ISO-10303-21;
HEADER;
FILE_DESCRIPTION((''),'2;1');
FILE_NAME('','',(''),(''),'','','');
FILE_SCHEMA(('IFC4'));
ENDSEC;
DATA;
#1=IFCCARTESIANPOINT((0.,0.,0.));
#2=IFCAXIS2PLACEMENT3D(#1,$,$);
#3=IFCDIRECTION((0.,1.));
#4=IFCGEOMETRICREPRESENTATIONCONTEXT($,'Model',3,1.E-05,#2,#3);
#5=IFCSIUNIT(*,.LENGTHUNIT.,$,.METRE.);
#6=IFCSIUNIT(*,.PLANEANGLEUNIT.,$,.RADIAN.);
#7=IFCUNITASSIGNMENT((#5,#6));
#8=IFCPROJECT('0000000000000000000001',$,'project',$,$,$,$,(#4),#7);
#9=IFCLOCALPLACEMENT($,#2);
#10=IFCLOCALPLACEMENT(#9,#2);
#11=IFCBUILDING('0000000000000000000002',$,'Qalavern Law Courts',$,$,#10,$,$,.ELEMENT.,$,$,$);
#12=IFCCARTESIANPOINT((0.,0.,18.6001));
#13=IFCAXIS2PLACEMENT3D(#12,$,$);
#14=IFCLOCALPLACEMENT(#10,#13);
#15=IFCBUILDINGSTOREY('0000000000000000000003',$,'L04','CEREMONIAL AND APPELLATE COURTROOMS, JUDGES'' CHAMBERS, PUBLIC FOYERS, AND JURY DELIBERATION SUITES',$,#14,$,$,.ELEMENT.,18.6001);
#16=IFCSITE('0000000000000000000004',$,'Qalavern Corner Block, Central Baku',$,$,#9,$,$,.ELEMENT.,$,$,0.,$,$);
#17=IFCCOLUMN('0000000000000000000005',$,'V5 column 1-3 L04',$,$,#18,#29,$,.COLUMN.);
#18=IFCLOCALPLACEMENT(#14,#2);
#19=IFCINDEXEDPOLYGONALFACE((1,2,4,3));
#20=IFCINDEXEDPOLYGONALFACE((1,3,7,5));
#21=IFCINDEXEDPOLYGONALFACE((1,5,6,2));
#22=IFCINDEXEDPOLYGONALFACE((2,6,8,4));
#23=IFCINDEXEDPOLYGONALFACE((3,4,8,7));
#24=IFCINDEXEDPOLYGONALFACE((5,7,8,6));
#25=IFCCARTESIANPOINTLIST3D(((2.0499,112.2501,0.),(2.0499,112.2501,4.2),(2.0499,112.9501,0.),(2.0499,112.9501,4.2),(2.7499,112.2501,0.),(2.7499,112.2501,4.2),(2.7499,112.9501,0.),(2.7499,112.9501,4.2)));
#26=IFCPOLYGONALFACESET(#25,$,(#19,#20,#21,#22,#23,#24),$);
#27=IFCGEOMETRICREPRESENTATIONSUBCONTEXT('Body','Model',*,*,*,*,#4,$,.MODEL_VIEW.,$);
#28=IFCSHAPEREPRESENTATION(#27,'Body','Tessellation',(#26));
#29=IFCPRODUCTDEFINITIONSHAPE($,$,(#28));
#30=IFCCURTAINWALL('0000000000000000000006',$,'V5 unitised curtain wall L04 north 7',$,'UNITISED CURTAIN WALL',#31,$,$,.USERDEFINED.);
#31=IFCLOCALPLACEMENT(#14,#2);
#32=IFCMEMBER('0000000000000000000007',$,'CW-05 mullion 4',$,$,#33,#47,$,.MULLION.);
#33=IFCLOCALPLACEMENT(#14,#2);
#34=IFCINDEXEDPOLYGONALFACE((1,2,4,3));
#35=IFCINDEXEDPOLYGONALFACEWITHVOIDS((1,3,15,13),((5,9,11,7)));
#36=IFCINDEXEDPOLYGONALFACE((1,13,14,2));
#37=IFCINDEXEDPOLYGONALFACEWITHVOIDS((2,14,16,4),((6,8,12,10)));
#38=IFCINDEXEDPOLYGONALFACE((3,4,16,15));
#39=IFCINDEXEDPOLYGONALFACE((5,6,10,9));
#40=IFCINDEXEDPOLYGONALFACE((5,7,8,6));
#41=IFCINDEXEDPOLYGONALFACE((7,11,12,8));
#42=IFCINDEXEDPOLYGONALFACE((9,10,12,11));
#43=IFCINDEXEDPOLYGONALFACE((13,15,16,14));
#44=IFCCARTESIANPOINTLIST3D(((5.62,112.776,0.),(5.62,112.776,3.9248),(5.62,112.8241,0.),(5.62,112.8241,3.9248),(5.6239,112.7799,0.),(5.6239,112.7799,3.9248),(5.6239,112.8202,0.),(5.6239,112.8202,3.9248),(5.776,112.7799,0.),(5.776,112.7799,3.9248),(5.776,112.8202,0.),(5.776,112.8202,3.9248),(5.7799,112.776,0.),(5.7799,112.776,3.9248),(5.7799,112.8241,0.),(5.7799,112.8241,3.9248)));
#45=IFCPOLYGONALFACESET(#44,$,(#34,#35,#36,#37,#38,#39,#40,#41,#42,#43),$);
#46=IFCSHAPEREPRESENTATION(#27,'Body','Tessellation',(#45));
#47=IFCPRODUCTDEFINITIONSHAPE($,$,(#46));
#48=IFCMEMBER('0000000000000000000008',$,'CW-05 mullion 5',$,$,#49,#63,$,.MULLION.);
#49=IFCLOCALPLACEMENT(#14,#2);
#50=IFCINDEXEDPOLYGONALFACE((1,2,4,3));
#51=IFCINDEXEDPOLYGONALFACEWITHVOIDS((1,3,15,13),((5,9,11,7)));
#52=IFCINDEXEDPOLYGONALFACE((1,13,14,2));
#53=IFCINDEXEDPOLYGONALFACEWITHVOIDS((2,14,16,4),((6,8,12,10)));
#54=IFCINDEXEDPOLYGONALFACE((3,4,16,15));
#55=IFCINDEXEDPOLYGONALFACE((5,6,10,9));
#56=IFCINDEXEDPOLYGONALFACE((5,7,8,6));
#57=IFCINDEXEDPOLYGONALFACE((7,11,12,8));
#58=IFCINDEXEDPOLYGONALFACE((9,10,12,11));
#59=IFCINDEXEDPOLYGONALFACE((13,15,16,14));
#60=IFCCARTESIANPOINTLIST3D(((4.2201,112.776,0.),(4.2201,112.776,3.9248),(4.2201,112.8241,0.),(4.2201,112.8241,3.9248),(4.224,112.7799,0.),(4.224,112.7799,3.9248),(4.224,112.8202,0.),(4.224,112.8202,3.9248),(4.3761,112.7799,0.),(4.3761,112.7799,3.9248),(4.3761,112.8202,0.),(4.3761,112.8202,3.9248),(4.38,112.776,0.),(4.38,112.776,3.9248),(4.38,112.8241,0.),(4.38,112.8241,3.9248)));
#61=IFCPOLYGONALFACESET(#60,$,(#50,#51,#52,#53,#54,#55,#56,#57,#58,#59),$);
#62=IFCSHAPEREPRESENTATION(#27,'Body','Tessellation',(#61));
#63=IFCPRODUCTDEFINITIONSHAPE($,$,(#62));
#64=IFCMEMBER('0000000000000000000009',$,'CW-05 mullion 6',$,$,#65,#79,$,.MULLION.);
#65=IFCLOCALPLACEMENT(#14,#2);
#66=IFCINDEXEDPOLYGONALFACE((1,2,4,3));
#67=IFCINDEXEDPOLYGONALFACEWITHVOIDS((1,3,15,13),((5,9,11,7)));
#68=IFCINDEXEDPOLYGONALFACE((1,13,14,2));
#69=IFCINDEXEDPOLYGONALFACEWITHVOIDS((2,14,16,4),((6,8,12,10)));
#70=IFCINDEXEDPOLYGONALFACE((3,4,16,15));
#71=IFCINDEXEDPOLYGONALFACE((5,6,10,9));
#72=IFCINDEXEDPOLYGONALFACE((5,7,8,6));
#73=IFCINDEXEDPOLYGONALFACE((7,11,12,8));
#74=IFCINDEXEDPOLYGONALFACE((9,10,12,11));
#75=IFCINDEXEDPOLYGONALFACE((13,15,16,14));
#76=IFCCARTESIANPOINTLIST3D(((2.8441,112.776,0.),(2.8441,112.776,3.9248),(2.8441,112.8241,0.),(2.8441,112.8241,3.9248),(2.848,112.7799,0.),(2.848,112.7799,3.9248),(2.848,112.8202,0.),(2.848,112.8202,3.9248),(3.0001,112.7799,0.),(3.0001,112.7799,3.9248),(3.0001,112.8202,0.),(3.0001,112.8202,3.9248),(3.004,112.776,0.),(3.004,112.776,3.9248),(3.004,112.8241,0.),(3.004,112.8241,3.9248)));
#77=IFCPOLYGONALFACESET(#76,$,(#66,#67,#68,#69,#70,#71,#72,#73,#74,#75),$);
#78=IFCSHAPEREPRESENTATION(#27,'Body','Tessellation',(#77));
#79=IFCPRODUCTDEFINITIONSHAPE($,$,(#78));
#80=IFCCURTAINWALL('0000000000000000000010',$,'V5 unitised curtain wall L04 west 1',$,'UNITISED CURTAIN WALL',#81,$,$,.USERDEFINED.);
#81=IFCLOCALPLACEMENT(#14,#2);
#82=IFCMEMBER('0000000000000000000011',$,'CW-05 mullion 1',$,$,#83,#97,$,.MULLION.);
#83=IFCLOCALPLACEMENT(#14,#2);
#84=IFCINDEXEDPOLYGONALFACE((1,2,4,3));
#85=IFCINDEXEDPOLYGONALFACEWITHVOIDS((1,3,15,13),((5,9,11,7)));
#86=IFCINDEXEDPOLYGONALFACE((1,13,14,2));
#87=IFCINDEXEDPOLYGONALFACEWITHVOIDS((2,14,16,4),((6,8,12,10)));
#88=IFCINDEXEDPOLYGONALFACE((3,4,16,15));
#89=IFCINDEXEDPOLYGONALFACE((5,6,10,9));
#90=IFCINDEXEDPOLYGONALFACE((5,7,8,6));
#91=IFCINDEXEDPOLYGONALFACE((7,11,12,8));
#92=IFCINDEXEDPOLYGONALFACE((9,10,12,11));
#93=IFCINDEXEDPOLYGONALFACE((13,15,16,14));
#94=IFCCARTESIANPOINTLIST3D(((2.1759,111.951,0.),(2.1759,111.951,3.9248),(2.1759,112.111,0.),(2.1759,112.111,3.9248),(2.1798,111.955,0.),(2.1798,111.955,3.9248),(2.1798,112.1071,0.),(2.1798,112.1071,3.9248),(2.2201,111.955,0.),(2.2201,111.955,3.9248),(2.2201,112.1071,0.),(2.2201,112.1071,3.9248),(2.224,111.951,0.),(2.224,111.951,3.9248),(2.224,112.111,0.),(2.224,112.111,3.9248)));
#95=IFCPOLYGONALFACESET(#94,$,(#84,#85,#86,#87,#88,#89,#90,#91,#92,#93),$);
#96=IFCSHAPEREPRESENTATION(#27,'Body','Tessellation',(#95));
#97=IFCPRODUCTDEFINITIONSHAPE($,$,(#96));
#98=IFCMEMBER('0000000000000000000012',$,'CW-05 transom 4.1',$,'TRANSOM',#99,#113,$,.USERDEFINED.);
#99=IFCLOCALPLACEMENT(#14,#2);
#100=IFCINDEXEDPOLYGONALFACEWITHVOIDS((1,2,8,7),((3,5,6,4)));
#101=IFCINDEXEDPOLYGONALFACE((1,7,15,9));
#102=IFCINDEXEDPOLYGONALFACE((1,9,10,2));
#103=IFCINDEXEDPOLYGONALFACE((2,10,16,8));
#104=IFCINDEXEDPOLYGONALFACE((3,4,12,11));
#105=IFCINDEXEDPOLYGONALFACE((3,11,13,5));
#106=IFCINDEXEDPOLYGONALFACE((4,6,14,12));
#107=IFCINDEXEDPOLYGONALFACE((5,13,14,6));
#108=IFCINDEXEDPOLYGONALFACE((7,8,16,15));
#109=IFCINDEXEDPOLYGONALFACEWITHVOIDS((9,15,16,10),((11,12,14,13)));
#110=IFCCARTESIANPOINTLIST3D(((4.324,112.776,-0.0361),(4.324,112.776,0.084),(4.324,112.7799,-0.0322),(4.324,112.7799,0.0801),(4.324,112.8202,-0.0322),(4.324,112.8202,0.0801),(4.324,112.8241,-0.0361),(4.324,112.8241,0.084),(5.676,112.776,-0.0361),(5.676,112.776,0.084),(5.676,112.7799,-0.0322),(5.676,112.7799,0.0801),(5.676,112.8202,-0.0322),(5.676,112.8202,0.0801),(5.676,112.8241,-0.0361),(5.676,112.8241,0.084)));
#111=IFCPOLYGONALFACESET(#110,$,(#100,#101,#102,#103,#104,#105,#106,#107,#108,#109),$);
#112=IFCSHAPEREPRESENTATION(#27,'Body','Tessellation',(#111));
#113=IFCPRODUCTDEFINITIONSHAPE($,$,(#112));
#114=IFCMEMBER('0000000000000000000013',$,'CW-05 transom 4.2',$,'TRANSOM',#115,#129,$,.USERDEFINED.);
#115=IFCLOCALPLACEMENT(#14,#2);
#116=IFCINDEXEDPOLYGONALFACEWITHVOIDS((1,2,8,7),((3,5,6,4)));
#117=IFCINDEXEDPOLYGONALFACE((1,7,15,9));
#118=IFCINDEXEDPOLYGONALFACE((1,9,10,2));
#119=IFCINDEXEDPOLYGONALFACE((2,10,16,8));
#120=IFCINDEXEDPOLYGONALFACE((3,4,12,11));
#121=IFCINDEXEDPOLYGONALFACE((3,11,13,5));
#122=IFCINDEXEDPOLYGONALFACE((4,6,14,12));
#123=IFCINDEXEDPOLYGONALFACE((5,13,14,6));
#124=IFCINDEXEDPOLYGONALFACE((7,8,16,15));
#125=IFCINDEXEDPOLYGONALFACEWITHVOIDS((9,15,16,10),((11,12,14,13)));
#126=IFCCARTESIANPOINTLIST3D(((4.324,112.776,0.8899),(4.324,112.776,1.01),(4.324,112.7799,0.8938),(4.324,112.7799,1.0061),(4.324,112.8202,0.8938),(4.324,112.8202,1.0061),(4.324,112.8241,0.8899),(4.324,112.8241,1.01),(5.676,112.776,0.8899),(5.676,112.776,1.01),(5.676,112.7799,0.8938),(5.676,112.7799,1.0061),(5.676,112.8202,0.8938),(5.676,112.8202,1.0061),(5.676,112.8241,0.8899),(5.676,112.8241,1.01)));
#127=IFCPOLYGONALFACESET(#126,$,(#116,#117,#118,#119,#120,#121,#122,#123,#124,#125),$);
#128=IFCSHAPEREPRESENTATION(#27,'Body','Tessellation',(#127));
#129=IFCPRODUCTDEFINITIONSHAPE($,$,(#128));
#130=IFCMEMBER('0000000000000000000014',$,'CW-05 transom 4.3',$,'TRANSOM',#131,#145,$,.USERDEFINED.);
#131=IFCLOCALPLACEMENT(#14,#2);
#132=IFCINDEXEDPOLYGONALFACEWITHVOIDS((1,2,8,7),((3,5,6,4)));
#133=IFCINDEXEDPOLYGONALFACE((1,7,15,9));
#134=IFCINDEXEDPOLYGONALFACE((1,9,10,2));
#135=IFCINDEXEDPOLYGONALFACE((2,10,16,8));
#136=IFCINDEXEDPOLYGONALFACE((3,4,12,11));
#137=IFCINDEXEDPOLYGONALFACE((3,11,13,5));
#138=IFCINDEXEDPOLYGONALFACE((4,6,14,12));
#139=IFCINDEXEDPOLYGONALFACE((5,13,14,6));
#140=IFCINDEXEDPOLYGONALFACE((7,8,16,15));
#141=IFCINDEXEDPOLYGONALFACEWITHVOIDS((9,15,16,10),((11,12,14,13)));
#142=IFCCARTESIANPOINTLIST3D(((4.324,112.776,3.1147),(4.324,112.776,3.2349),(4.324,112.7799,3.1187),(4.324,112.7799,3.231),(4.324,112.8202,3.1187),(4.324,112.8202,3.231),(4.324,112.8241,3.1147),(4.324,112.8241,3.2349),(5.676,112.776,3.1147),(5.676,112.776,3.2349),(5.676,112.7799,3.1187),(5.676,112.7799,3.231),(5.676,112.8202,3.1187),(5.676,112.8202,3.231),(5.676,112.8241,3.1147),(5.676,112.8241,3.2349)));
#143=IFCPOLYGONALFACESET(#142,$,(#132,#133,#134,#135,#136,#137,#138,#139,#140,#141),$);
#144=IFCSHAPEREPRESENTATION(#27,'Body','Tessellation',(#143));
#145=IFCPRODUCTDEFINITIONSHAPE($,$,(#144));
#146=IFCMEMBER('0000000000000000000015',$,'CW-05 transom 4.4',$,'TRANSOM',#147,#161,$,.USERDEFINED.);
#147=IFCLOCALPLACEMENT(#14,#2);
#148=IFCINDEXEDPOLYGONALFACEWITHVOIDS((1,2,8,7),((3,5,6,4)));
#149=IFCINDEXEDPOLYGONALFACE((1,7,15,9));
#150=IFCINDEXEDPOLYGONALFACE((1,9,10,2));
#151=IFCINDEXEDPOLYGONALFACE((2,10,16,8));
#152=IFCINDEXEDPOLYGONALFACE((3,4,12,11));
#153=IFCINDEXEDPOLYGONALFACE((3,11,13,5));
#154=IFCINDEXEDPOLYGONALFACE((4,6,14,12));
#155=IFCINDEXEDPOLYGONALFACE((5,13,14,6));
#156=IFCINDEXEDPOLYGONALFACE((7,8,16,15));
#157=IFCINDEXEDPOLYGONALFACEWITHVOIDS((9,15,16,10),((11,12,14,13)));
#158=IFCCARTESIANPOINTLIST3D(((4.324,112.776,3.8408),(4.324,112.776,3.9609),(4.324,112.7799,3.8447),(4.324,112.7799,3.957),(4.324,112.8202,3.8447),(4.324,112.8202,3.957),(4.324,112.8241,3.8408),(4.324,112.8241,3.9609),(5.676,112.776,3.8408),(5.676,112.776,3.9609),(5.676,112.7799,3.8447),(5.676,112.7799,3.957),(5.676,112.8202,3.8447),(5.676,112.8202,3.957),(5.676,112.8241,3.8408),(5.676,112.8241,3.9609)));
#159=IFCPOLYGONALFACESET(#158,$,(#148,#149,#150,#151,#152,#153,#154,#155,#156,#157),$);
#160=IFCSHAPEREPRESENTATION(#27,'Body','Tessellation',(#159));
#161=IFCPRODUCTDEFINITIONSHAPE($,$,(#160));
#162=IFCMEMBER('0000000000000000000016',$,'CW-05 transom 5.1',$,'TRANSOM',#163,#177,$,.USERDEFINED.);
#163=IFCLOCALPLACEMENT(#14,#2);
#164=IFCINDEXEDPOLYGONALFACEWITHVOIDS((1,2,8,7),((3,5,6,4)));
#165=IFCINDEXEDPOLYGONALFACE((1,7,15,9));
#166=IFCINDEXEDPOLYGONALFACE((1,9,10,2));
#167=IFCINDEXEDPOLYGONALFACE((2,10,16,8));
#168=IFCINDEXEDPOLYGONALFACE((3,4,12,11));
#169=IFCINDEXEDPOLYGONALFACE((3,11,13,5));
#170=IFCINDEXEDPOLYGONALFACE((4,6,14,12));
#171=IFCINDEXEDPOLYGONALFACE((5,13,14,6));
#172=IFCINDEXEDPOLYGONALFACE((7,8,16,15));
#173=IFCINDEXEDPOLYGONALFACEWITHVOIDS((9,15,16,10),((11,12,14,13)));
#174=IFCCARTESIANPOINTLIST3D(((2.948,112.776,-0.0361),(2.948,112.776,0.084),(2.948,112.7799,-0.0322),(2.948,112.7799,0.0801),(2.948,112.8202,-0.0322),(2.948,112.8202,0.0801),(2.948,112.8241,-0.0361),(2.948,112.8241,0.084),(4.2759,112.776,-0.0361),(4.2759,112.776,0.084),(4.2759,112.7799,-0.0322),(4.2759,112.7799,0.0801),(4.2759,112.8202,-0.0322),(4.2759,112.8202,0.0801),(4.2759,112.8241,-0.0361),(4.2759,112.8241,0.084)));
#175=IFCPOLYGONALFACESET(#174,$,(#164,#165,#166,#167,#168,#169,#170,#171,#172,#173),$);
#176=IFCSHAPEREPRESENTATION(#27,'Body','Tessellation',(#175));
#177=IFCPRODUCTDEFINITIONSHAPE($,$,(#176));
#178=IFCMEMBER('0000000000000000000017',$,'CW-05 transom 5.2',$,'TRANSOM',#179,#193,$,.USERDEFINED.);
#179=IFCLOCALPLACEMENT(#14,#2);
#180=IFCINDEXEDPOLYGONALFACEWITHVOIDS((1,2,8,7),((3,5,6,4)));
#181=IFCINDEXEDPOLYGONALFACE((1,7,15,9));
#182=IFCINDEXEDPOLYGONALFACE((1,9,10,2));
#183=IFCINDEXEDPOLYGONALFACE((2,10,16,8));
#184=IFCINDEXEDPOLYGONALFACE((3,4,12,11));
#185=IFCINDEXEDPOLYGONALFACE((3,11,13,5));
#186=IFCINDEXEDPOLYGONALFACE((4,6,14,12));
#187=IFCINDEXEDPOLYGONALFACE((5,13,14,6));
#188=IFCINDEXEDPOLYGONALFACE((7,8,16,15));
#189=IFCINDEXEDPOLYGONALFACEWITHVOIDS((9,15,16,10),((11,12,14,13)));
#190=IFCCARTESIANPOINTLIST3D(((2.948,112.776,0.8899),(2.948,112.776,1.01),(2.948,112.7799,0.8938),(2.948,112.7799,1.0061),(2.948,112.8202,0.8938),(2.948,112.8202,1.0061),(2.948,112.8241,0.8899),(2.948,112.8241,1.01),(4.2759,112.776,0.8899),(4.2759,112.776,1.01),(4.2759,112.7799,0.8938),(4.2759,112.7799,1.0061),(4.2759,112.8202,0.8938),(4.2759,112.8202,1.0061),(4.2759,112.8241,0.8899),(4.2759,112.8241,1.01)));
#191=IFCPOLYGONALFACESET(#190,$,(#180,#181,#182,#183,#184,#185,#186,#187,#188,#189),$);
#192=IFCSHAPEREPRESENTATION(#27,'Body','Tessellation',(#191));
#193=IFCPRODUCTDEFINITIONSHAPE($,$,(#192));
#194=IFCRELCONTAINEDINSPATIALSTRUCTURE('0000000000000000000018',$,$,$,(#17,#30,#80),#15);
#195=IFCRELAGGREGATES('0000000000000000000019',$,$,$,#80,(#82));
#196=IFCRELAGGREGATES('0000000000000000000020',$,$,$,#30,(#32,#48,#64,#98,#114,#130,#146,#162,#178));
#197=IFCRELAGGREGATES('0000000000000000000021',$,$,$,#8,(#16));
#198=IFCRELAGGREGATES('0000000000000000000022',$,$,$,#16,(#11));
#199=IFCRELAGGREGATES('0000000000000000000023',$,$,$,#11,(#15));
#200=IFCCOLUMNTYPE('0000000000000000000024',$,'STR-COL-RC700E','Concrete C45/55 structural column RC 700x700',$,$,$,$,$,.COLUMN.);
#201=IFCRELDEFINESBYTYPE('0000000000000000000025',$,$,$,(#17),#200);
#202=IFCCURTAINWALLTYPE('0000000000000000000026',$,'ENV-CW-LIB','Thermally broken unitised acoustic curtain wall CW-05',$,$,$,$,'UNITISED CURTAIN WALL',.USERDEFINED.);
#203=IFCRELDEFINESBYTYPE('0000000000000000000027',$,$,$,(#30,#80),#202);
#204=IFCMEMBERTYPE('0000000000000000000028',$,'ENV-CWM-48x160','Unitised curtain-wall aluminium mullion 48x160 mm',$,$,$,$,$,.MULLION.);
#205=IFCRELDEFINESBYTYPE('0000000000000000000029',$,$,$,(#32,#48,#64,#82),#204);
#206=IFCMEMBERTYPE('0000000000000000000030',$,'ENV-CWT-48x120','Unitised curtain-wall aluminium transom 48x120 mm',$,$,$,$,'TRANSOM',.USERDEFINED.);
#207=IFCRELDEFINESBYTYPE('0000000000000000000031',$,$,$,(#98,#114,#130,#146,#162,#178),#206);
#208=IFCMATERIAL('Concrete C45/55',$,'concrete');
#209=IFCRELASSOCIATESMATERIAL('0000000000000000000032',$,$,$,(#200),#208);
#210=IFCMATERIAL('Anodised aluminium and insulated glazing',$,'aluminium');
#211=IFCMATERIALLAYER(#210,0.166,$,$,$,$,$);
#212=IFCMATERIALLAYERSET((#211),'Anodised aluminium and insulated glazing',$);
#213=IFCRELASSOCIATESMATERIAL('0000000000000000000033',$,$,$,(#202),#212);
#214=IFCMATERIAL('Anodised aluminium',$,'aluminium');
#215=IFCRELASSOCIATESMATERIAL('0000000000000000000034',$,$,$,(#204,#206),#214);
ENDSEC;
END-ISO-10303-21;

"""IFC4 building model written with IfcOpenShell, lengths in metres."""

from ifc_helpers import new_model, si_unit, direction, frame, origin, origin_2d, place, context, subcontext, project, spatial, rectangle, hollow_rectangle, extrude, material, layer, layer_set, material_profile, profile_set, type_object, element, aggregate, save


model = new_model("IFC4")

# Units and contexts
model_context = context("Model", 3, precision=1e-05, world=origin(), true_north=direction((0.0, 1.0)))
body_context = subcontext(model_context, "Body", "Model", "MODEL_VIEW")
ifc_project = project(units=[si_unit("LENGTHUNIT", "METRE"), si_unit("PLANEANGLEUNIT", "RADIAN")], contexts=[model_context])

# Site, building, storey
site_placement = place(None, origin())
site = spatial("IfcSite", under=ifc_project, at=site_placement, Name="Qalavern Corner Block, Central Baku", CompositionType="ELEMENT", RefElevation=0.0)
building_placement = place(site_placement, origin())
building = spatial("IfcBuilding", under=site, at=building_placement, Name="Qalavern Law Courts", CompositionType="ELEMENT")
storey_placement = place(building_placement, frame((0.0, 0.0, 18.6001)))
storey = spatial("IfcBuildingStorey", under=building, at=storey_placement, Name="L04", Description="CEREMONIAL AND APPELLATE COURTROOMS, JUDGES' CHAMBERS, PUBLIC FOYERS, AND JURY DELIBERATION SUITES", CompositionType="ELEMENT", Elevation=18.6001)

# Column
ifc_material_1 = material(Name="Concrete C45/55", Category="concrete")
ifc_material_profile_1 = material_profile(ifc_material_1, rectangle(XDim=0.7, YDim=0.7, at=origin_2d()), Name="RC 700x700")
ifc_profile_set_1 = profile_set([ifc_material_profile_1], Name="Concrete C45/55")
column_type = type_object("IfcColumnType", Name="STR-COL-RC700E", Description="Concrete C45/55 structural column RC 700x700", PredefinedType="COLUMN", material=ifc_profile_set_1)
column_placement = place(storey_placement, frame((2.3999, 112.6001, 0.0), z_axis=(0.0, 0.0, 1.0), x_axis=(1.0, 0.0, 0.0)))
element("IfcColumn", 1, at=column_placement, inside=storey, type_object=column_type, Name="V5 column 1-3 L04", PredefinedType="COLUMN", context=body_context, shape_type="SweptSolid", body=[
    extrude(rectangle(XDim=0.7, YDim=0.7, at=origin_2d()), origin(), (0.0, 0.0, 1.0), 4.2),
])

# Curtain wall, members
ifc_material_2 = material(Name="Anodised aluminium and insulated glazing", Category="aluminium")
ifc_layer_1 = layer(ifc_material_2, 0.166)
ifc_layer_set_1 = layer_set([ifc_layer_1], Name="Anodised aluminium and insulated glazing")
curtain_wall_type = type_object("IfcCurtainWallType", Name="ENV-CW-LIB", Description="Thermally broken unitised acoustic curtain wall CW-05", ElementType="UNITISED CURTAIN WALL", PredefinedType="USERDEFINED", material=ifc_layer_set_1)
curtain_wall_1_placement = place(storey_placement, origin())
curtain_wall_1 = element("IfcCurtainWall", 2, at=curtain_wall_1_placement, inside=storey, type_object=curtain_wall_type, Name="V5 unitised curtain wall L04 north 7", ObjectType="UNITISED CURTAIN WALL", PredefinedType="USERDEFINED")
ifc_material_3 = material(Name="Anodised aluminium", Category="aluminium")
ifc_material_profile_2 = material_profile(ifc_material_3, hollow_rectangle(XDim=0.0481, YDim=0.1599, WallThickness=0.0039, at=origin_2d()), Name="ALU MULLION 48x160")
ifc_profile_set_2 = profile_set([ifc_material_profile_2], Name="Anodised aluminium")
member_type_1 = type_object("IfcMemberType", Name="ENV-CWM-48x160", Description="Unitised curtain-wall aluminium mullion 48x160 mm", PredefinedType="MULLION", material=ifc_profile_set_2)
member_1_placement = place(storey_placement, frame((5.7, 112.8, 0.0), z_axis=(0.0, 0.0, 1.0), x_axis=(0.0, -1.0, 0.0)))
member_1 = element("IfcMember", 3, at=member_1_placement, type_object=member_type_1, Name="CW-05 mullion 4", PredefinedType="MULLION", context=body_context, shape_type="SweptSolid", body=[
    extrude(hollow_rectangle(XDim=0.0481, YDim=0.1599, WallThickness=0.0039, at=origin_2d()), origin(), (0.0, 0.0, 1.0), 3.9248),
])
member_2_placement = place(storey_placement, frame((4.3, 112.8, 0.0), z_axis=(0.0, 0.0, 1.0), x_axis=(0.0, -1.0, 0.0)))
member_2 = element("IfcMember", 4, at=member_2_placement, type_object=member_type_1, Name="CW-05 mullion 5", PredefinedType="MULLION", context=body_context, shape_type="SweptSolid", body=[
    extrude(hollow_rectangle(XDim=0.0481, YDim=0.1599, WallThickness=0.0039, at=origin_2d()), origin(), (0.0, 0.0, 1.0), 3.9248),
])
member_3_placement = place(storey_placement, frame((2.9241, 112.8, 0.0), z_axis=(0.0, 0.0, 1.0), x_axis=(0.0, -1.0, 0.0)))
member_3 = element("IfcMember", 5, at=member_3_placement, type_object=member_type_1, Name="CW-05 mullion 6", PredefinedType="MULLION", context=body_context, shape_type="SweptSolid", body=[
    extrude(hollow_rectangle(XDim=0.0481, YDim=0.1599, WallThickness=0.0039, at=origin_2d()), origin(), (0.0, 0.0, 1.0), 3.9248),
])

# Curtain wall, member
curtain_wall_2_placement = place(storey_placement, origin())
curtain_wall_2 = element("IfcCurtainWall", 6, at=curtain_wall_2_placement, inside=storey, type_object=curtain_wall_type, Name="V5 unitised curtain wall L04 west 1", ObjectType="UNITISED CURTAIN WALL", PredefinedType="USERDEFINED")
member_4_placement = place(storey_placement, frame((2.2, 112.031, 0.0), z_axis=(0.0, 0.0, 1.0), x_axis=(1.0, 0.0, 0.0)))
member_4 = element("IfcMember", 7, at=member_4_placement, type_object=member_type_1, Name="CW-05 mullion 1", PredefinedType="MULLION", context=body_context, shape_type="SweptSolid", body=[
    extrude(hollow_rectangle(XDim=0.0481, YDim=0.1599, WallThickness=0.0039, at=origin_2d()), origin(), (0.0, 0.0, 1.0), 3.9248),
])

# Members
ifc_material_profile_3 = material_profile(ifc_material_3, hollow_rectangle(XDim=0.0481, YDim=0.1201, WallThickness=0.0039, at=origin_2d()), Name="ALU TRANSOM 48x120")
ifc_profile_set_3 = profile_set([ifc_material_profile_3], Name="Anodised aluminium")
member_type_2 = type_object("IfcMemberType", Name="ENV-CWT-48x120", Description="Unitised curtain-wall aluminium transom 48x120 mm", ElementType="TRANSOM", PredefinedType="USERDEFINED", material=ifc_profile_set_3)
member_5_placement = place(storey_placement, frame((5.676, 112.8, 0.0239), z_axis=(-1.0, 0.0, 0.0), x_axis=(0.0, -1.0, 0.0)))
member_5 = element("IfcMember", 8, at=member_5_placement, type_object=member_type_2, Name="CW-05 transom 4.1", ObjectType="TRANSOM", PredefinedType="USERDEFINED", context=body_context, shape_type="SweptSolid", body=[
    extrude(hollow_rectangle(XDim=0.0481, YDim=0.1201, WallThickness=0.0039, at=origin_2d()), origin(), (0.0, 0.0, 1.0), 1.3521),
])
member_6_placement = place(storey_placement, frame((5.676, 112.8, 0.95), z_axis=(-1.0, 0.0, 0.0), x_axis=(0.0, -1.0, 0.0)))
member_6 = element("IfcMember", 9, at=member_6_placement, type_object=member_type_2, Name="CW-05 transom 4.2", ObjectType="TRANSOM", PredefinedType="USERDEFINED", context=body_context, shape_type="SweptSolid", body=[
    extrude(hollow_rectangle(XDim=0.0481, YDim=0.1201, WallThickness=0.0039, at=origin_2d()), origin(), (0.0, 0.0, 1.0), 1.3521),
])
member_7_placement = place(storey_placement, frame((5.676, 112.8, 3.1748), z_axis=(-1.0, 0.0, 0.0), x_axis=(0.0, -1.0, 0.0)))
member_7 = element("IfcMember", 10, at=member_7_placement, type_object=member_type_2, Name="CW-05 transom 4.3", ObjectType="TRANSOM", PredefinedType="USERDEFINED", context=body_context, shape_type="SweptSolid", body=[
    extrude(hollow_rectangle(XDim=0.0481, YDim=0.1201, WallThickness=0.0039, at=origin_2d()), origin(), (0.0, 0.0, 1.0), 1.3521),
])
member_8_placement = place(storey_placement, frame((5.676, 112.8, 3.9009), z_axis=(-1.0, 0.0, 0.0), x_axis=(0.0, -1.0, 0.0)))
member_8 = element("IfcMember", 11, at=member_8_placement, type_object=member_type_2, Name="CW-05 transom 4.4", ObjectType="TRANSOM", PredefinedType="USERDEFINED", context=body_context, shape_type="SweptSolid", body=[
    extrude(hollow_rectangle(XDim=0.0481, YDim=0.1201, WallThickness=0.0039, at=origin_2d()), origin(), (0.0, 0.0, 1.0), 1.3521),
])
member_9_placement = place(storey_placement, frame((4.2759, 112.8, 0.0239), z_axis=(-1.0, 0.0, 0.0), x_axis=(0.0, -1.0, 0.0)))
member_9 = element("IfcMember", 12, at=member_9_placement, type_object=member_type_2, Name="CW-05 transom 5.1", ObjectType="TRANSOM", PredefinedType="USERDEFINED", context=body_context, shape_type="SweptSolid", body=[
    extrude(hollow_rectangle(XDim=0.0481, YDim=0.1201, WallThickness=0.0039, at=origin_2d()), origin(), (0.0, 0.0, 1.0), 1.3279),
])
member_10_placement = place(storey_placement, frame((4.2759, 112.8, 0.95), z_axis=(-1.0, 0.0, 0.0), x_axis=(0.0, -1.0, 0.0)))
member_10 = element("IfcMember", 13, at=member_10_placement, type_object=member_type_2, Name="CW-05 transom 5.2", ObjectType="TRANSOM", PredefinedType="USERDEFINED", context=body_context, shape_type="SweptSolid", body=[
    extrude(hollow_rectangle(XDim=0.0481, YDim=0.1201, WallThickness=0.0039, at=origin_2d()), origin(), (0.0, 0.0, 1.0), 1.3279),
])

aggregate(curtain_wall_2, [member_4])
aggregate(curtain_wall_1, [member_1, member_2, member_3, member_5, member_6, member_7, member_8, member_9, member_10])

save(model, "model.ifc")
